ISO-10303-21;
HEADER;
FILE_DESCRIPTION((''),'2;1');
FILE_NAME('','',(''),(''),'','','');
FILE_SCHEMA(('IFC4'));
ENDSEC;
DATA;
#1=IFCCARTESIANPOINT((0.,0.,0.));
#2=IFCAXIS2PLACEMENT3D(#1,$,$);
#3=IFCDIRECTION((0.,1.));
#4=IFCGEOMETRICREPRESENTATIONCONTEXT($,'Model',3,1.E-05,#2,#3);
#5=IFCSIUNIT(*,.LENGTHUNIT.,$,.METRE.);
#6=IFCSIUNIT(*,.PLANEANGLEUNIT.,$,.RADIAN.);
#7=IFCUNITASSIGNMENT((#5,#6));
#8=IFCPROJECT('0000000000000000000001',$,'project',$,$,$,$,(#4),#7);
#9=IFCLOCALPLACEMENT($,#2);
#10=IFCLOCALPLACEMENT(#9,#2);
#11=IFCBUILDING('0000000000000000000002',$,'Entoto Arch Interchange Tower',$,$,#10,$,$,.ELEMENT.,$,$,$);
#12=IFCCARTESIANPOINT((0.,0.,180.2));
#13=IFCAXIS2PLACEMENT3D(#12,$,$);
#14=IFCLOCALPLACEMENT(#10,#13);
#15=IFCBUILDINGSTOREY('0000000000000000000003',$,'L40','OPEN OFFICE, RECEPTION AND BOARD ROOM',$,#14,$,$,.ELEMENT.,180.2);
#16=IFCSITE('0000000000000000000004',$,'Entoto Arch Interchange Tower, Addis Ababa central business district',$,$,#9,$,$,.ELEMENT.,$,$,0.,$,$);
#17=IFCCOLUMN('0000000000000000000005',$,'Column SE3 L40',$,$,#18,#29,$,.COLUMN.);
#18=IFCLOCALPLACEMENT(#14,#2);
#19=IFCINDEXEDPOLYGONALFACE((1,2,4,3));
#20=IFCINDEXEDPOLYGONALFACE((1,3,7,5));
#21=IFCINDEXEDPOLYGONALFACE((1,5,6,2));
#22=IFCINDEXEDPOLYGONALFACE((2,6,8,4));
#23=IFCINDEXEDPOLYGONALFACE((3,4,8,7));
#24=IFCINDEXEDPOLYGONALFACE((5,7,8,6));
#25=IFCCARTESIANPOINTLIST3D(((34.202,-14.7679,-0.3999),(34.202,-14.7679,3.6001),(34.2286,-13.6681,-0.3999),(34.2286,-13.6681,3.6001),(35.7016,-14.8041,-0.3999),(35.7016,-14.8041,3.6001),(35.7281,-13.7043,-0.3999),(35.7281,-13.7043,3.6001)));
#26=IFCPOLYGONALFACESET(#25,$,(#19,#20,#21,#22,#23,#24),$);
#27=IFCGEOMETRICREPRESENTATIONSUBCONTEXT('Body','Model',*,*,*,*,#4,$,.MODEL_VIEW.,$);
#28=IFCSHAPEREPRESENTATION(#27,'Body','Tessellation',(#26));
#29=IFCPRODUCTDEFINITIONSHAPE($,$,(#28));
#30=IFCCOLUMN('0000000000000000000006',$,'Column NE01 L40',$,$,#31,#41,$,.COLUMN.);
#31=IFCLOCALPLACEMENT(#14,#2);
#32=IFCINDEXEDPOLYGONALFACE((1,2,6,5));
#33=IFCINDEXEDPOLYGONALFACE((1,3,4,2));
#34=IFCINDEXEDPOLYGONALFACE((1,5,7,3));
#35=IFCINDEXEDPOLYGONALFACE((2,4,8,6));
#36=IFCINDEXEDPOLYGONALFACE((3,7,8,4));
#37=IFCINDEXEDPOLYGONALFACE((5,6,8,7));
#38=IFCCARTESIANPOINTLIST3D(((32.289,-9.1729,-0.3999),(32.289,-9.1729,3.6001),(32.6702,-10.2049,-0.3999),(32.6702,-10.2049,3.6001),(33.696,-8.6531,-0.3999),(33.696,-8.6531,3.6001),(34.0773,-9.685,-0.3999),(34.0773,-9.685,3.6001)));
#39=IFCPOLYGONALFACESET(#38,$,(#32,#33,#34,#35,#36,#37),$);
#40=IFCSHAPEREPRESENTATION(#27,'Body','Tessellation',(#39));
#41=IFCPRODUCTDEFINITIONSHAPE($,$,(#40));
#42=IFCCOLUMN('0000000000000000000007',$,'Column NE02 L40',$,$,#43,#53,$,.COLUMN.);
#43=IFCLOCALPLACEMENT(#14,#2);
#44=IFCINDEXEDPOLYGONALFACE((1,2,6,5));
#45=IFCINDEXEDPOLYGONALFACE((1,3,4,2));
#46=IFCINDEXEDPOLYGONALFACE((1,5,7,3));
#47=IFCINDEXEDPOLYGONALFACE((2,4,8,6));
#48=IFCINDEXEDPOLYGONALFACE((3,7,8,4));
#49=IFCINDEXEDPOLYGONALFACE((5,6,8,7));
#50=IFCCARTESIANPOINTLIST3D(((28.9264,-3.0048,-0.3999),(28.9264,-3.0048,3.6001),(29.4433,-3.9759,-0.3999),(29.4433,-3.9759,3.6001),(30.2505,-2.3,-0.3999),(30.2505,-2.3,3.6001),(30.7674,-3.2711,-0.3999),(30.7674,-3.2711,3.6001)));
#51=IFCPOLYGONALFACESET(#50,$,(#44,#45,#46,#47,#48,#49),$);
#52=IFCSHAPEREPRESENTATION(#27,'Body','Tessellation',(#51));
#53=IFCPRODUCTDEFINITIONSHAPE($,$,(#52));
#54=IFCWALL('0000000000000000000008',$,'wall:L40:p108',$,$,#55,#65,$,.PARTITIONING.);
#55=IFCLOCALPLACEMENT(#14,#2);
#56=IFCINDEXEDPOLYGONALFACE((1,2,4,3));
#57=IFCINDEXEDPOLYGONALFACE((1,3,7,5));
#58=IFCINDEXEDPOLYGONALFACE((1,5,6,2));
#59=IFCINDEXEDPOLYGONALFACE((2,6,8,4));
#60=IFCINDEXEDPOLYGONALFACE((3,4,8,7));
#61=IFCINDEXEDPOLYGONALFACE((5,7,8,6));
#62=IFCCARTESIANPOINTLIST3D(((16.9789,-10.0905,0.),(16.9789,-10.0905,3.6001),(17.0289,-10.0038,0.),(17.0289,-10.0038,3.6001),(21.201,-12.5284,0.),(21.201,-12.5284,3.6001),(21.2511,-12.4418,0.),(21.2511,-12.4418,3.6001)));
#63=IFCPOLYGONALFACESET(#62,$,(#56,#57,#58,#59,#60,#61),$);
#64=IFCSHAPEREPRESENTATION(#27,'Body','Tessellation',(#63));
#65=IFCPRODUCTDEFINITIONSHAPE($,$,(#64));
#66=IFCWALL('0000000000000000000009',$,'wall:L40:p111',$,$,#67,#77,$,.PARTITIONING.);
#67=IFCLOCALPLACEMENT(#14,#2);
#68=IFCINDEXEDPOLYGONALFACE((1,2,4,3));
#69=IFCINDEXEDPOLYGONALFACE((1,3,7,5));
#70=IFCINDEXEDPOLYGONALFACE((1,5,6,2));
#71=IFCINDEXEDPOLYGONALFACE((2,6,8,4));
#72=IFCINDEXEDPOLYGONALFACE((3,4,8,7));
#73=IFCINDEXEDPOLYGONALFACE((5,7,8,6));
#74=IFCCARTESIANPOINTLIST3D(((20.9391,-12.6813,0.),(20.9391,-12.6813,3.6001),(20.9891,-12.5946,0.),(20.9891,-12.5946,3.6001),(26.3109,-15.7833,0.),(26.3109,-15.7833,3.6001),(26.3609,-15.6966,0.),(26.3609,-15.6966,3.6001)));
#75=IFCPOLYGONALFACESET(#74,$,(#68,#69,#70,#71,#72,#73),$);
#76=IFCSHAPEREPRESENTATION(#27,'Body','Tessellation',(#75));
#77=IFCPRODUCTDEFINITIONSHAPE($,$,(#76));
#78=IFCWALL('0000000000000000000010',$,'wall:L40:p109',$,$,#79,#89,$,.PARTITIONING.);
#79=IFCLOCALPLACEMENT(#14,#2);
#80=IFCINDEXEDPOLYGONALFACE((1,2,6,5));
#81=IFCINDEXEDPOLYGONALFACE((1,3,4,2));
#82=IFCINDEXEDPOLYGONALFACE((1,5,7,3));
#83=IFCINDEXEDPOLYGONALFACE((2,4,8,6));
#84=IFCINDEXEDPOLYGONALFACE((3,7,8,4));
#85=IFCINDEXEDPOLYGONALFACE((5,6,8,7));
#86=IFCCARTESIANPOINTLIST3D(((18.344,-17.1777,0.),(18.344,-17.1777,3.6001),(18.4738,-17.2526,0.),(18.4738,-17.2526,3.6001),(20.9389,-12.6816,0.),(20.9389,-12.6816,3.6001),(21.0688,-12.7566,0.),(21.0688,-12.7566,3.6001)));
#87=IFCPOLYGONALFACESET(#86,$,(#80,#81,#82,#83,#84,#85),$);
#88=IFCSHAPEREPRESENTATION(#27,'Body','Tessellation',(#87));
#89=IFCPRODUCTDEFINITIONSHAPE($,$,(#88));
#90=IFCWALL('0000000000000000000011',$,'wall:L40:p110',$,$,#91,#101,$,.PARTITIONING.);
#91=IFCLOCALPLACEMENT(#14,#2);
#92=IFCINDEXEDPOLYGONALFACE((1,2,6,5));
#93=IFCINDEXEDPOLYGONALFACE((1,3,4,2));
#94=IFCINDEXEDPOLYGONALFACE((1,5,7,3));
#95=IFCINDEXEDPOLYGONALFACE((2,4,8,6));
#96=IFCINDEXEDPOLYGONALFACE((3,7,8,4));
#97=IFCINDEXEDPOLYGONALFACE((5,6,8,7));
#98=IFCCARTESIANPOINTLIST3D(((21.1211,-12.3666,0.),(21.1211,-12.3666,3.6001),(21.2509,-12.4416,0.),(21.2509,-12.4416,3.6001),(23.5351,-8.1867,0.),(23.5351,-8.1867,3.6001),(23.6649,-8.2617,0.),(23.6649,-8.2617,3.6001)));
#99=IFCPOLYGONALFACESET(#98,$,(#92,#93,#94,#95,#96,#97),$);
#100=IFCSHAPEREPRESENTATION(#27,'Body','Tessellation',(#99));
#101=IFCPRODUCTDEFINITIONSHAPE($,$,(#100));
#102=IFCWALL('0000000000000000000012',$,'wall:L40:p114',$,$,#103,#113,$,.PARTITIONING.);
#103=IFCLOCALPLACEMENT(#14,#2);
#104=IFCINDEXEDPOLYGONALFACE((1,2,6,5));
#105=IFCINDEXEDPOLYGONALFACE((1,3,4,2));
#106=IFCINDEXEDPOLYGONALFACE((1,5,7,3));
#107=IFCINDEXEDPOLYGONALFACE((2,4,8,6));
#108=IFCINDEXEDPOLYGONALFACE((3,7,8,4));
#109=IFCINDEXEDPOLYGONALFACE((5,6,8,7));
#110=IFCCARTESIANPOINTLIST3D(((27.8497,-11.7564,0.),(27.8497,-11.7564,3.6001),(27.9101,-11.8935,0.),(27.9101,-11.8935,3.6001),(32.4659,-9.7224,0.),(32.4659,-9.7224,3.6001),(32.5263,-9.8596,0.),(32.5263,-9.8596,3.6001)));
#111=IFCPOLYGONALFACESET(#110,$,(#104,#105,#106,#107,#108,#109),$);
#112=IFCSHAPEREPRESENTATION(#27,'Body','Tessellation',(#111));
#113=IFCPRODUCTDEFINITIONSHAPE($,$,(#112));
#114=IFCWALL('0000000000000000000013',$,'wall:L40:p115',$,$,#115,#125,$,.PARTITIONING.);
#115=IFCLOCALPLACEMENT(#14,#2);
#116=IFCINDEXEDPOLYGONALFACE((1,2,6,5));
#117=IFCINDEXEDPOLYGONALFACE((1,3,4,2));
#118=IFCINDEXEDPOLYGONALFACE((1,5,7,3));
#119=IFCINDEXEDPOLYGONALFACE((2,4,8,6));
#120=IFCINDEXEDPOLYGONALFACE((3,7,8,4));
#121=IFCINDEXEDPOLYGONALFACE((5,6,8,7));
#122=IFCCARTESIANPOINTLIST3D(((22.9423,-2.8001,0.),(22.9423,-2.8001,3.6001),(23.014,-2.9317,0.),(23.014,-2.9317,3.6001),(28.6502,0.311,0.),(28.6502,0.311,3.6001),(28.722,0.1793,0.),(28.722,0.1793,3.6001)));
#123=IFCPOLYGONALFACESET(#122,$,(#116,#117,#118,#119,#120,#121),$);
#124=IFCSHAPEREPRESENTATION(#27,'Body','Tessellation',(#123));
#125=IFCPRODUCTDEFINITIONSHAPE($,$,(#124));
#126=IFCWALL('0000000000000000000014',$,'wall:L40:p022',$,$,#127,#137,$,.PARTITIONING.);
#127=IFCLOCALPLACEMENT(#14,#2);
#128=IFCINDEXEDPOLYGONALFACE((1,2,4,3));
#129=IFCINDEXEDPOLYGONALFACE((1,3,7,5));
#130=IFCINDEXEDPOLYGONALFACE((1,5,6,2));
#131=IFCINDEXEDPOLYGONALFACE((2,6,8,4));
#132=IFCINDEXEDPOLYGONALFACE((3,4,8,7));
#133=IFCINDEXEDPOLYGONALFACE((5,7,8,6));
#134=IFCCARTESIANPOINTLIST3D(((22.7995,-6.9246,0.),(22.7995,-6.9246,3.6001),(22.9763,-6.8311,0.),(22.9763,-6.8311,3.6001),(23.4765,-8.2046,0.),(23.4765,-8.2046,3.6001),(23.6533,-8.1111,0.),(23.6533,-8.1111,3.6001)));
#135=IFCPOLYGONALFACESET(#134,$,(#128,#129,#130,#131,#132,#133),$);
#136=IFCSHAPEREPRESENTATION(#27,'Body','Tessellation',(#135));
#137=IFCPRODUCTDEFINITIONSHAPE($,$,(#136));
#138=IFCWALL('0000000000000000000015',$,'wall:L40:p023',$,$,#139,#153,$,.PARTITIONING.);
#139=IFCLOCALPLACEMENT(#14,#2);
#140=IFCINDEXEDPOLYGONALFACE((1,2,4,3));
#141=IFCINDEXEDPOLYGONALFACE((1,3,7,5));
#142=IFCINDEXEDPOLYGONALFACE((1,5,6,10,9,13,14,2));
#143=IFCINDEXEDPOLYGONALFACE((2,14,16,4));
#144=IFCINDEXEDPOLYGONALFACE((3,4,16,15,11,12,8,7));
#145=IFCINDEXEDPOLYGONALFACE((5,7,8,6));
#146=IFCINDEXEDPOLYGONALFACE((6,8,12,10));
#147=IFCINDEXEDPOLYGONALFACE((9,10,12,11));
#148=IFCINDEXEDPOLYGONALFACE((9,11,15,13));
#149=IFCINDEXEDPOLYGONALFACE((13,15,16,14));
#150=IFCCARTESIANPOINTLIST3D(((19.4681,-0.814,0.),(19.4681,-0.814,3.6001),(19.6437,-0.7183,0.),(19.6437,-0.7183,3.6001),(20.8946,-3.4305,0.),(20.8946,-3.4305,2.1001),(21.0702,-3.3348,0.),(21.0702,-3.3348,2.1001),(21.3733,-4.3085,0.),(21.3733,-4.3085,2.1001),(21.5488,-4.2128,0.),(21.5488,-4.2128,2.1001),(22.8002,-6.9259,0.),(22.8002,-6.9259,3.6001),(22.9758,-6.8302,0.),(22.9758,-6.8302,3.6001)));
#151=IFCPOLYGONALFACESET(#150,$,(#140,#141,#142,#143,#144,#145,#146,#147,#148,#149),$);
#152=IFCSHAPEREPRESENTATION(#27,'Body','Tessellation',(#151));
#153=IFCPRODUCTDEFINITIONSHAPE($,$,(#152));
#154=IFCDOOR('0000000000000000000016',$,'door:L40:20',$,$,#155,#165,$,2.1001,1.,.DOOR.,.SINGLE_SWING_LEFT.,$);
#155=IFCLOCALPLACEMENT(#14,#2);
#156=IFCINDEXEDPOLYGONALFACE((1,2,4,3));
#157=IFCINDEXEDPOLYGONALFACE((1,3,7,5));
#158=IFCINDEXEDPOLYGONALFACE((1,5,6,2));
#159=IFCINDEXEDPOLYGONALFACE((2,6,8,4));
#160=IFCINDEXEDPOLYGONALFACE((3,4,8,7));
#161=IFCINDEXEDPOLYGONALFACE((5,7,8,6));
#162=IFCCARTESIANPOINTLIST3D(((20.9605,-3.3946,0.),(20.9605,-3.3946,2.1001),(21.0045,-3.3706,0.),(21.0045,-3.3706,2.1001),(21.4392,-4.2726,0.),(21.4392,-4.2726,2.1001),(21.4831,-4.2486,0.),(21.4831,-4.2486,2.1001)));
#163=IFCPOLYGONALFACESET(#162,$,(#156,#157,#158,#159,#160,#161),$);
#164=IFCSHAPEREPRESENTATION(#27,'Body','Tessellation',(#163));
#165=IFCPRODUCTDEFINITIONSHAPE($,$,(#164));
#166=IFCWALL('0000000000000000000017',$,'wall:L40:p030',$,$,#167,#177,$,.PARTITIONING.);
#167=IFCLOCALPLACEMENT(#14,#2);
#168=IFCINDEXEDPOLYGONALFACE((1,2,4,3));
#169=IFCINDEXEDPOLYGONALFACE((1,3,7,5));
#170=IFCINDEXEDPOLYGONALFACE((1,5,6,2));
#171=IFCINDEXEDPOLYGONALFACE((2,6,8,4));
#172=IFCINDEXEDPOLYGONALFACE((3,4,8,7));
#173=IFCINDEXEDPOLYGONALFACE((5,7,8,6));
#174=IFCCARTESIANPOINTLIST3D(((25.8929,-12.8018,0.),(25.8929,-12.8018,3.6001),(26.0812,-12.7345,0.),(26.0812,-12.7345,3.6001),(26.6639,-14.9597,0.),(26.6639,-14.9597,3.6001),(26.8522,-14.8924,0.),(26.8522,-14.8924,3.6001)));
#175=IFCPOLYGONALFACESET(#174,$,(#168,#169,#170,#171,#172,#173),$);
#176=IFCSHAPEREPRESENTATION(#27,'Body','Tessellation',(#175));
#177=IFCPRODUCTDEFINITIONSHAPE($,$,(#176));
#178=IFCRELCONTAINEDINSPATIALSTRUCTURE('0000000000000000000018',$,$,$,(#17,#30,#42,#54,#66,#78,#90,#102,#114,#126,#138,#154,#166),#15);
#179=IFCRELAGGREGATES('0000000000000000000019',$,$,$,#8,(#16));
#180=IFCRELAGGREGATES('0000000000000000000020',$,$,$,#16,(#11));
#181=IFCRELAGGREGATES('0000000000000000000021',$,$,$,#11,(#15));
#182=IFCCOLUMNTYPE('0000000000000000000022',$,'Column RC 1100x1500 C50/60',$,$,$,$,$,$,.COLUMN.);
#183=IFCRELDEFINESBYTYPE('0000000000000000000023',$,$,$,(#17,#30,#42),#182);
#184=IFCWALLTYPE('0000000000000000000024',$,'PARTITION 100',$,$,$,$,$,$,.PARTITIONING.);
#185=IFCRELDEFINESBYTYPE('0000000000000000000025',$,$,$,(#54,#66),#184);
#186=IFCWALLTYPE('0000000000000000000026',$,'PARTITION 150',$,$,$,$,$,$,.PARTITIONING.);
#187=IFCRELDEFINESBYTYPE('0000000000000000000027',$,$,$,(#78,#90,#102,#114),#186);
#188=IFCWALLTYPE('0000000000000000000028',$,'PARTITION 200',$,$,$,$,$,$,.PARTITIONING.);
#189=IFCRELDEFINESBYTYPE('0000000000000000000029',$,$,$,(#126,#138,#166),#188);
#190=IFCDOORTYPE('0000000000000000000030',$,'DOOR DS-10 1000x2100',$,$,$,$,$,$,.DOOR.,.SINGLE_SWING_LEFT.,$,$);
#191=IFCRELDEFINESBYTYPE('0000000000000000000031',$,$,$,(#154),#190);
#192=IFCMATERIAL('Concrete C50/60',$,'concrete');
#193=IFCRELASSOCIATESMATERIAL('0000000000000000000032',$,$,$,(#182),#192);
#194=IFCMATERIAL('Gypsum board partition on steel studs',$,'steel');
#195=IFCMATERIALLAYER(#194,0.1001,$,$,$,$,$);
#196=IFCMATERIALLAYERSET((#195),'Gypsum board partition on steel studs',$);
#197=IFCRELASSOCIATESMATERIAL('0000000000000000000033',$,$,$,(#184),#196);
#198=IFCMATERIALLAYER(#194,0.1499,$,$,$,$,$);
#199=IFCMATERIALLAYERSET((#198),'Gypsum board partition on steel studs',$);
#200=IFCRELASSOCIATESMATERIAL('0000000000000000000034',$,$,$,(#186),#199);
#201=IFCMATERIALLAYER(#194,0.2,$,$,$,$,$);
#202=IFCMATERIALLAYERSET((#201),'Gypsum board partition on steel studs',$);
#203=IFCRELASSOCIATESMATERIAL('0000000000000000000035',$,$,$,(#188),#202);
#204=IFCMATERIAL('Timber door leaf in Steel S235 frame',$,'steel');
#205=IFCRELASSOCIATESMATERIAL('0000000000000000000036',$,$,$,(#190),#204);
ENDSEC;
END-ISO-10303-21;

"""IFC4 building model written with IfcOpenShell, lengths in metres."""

from ifc_helpers import new_model, si_unit, direction, frame, frame_2d, origin, origin_2d, place, context, subcontext, project, spatial, rectangle, extrude, material, layer, layer_set, material_profile, profile_set, type_object, element, fill, save


model = new_model("IFC4")

# Units and contexts
model_context = context("Model", 3, precision=1e-05, world=origin(), true_north=direction((0.0, 1.0)))
body_context = subcontext(model_context, "Body", "Model", "MODEL_VIEW")
ifc_project = project(units=[si_unit("LENGTHUNIT", "METRE"), si_unit("PLANEANGLEUNIT", "RADIAN")], contexts=[model_context])

# Site, building, storey
site_placement = place(None, origin())
site = spatial("IfcSite", under=ifc_project, at=site_placement, Name="Entoto Arch Interchange Tower, Addis Ababa central business district", CompositionType="ELEMENT", RefElevation=0.0)
building_placement = place(site_placement, origin())
building = spatial("IfcBuilding", under=site, at=building_placement, Name="Entoto Arch Interchange Tower", CompositionType="ELEMENT")
storey_placement = place(building_placement, frame((0.0, 0.0, 180.2)))
storey = spatial("IfcBuildingStorey", under=building, at=storey_placement, Name="L40", Description="OPEN OFFICE, RECEPTION AND BOARD ROOM", CompositionType="ELEMENT", Elevation=180.2)

# Columns
ifc_material_1 = material(Name="Concrete C50/60", Category="concrete")
ifc_material_profile = material_profile(ifc_material_1, rectangle(XDim=1.1001, YDim=1.5, at=origin_2d()))
ifc_profile_set = profile_set([ifc_material_profile], Name="Concrete C50/60")
column_type = type_object("IfcColumnType", Name="Column RC 1100x1500 C50/60", PredefinedType="COLUMN", material=ifc_profile_set)
for number, where, z_axis, x_axis, name in (
    (1, (34.9651, -14.2361, -0.3999), (0.0, 0.0, 1.0), (0.024118, 0.999709, 0.0), "Column SE3 L40"),
    (2, (33.1831, -9.429, -0.3999), (0.0, 0.0, 1.0), (-0.346592, 0.938016, 0.0), "Column NE01 L40"),
    (3, (29.8469, -3.1379, -0.3999), (0.0, 0.0, 1.0), (-0.469857, 0.882743, 0.0), "Column NE02 L40"),
):
    element("IfcColumn", number, at=place(storey_placement, frame(where, z_axis=z_axis, x_axis=x_axis)), inside=storey, type_object=column_type, Name=name, PredefinedType="COLUMN", context=body_context, shape_type="SweptSolid", body=[
        extrude(rectangle(XDim=1.1001, YDim=1.5, at=origin_2d()), origin(), (0.0, 0.0, 1.0), 4.0),
    ])

# Walls
ifc_material_2 = material(Name="Gypsum board partition on steel studs", Category="steel")
ifc_layer_1 = layer(ifc_material_2, 0.1001)
ifc_layer_set_1 = layer_set([ifc_layer_1], Name="Gypsum board partition on steel studs")
wall_type_1 = type_object("IfcWallType", Name="PARTITION 100", PredefinedType="PARTITIONING", material=ifc_layer_set_1)
wall_1_placement = place(storey_placement, frame((17.0039, -10.0471, 0.0), z_axis=(0.0, 0.0, 1.0), x_axis=(0.865997, -0.500049, 0.0)))
element("IfcWall", 4, at=wall_1_placement, inside=storey, type_object=wall_type_1, Name="wall:L40:p108", PredefinedType="PARTITIONING", context=body_context, shape_type="SweptSolid", body=[
    extrude(rectangle(XDim=4.8755, YDim=0.1001, at=frame_2d((2.4377, 0.0))), origin(), (0.0, 0.0, 1.0), 3.6001),
])
wall_2_placement = place(storey_placement, frame((20.9641, -12.6379, 0.0), z_axis=(0.0, 0.0, 1.0), x_axis=(0.865982, -0.500076, 0.0)))
element("IfcWall", 5, at=wall_2_placement, inside=storey, type_object=wall_type_1, Name="wall:L40:p111", PredefinedType="PARTITIONING", context=body_context, shape_type="SweptSolid", body=[
    extrude(rectangle(XDim=6.2031, YDim=0.1001, at=frame_2d((3.1016, 0.0))), origin(), (0.0, 0.0, 1.0), 3.6001),
])
ifc_layer_2 = layer(ifc_material_2, 0.1499)
ifc_layer_set_2 = layer_set([ifc_layer_2], Name="Gypsum board partition on steel studs")
wall_type_2 = type_object("IfcWallType", Name="PARTITION 150", PredefinedType="PARTITIONING", material=ifc_layer_set_2)
wall_3_placement = place(storey_placement, frame((21.0039, -12.719, 0.0), z_axis=(0.0, 0.0, 1.0), x_axis=(-0.499877, -0.866096, 0.0)))
element("IfcWall", 6, at=wall_3_placement, inside=storey, type_object=wall_type_2, Name="wall:L40:p109", PredefinedType="PARTITIONING", context=body_context, shape_type="SweptSolid", body=[
    extrude(rectangle(XDim=5.1912, YDim=0.1499, at=frame_2d((2.5957, 0.0))), origin(), (0.0, 0.0, 1.0), 3.6001),
])
wall_4_placement = place(storey_placement, frame((23.6001, -8.2241, 0.0), z_axis=(0.0, 0.0, 1.0), x_axis=(-0.500121, -0.865956, 0.0)))
element("IfcWall", 7, at=wall_4_placement, inside=storey, type_object=wall_type_2, Name="wall:L40:p110", PredefinedType="PARTITIONING", context=body_context, shape_type="SweptSolid", body=[
    extrude(rectangle(XDim=4.8269, YDim=0.1499, at=frame_2d((2.4136, 0.0))), origin(), (0.0, 0.0, 1.0), 3.6001),
])
wall_5_placement = place(storey_placement, frame((27.8799, -11.825, 0.0), z_axis=(0.0, 0.0, 1.0), x_axis=(0.91511, 0.403204, 0.0)))
element("IfcWall", 8, at=wall_5_placement, inside=storey, type_object=wall_type_2, Name="wall:L40:p114", PredefinedType="PARTITIONING", context=body_context, shape_type="SweptSolid", body=[
    extrude(rectangle(XDim=5.0444, YDim=0.1499, at=frame_2d((2.5222, 0.0))), origin(), (0.0, 0.0, 1.0), 3.6001),
])
wall_6_placement = place(storey_placement, frame((22.978, -2.866, 0.0), z_axis=(0.0, 0.0, 1.0), x_axis=(0.878049, 0.478571, 0.0)))
element("IfcWall", 9, at=wall_6_placement, inside=storey, type_object=wall_type_2, Name="wall:L40:p115", PredefinedType="PARTITIONING", context=body_context, shape_type="SweptSolid", body=[
    extrude(rectangle(XDim=6.5007, YDim=0.1499, at=frame_2d((3.2505, 0.0))), origin(), (0.0, 0.0, 1.0), 3.6001),
])
ifc_layer_3 = layer(ifc_material_2, 0.2)
ifc_layer_set_3 = layer_set([ifc_layer_3], Name="Gypsum board partition on steel studs")
wall_type_3 = type_object("IfcWallType", Name="PARTITION 200", PredefinedType="PARTITIONING", material=ifc_layer_set_3)
wall_7_placement = place(storey_placement, frame((23.5649, -8.158, 0.0), z_axis=(0.0, 0.0, 1.0), x_axis=(-0.467531, 0.883976, 0.0)))
element("IfcWall", 10, at=wall_7_placement, inside=storey, type_object=wall_type_3, Name="wall:L40:p022", PredefinedType="PARTITIONING", context=body_context, shape_type="SweptSolid", body=[
    extrude(rectangle(XDim=1.448, YDim=0.2, at=frame_2d((0.7241, 0.0))), origin(), (0.0, 0.0, 1.0), 3.6001),
])

# Wall, opening, door
wall_8_placement = place(storey_placement, frame((22.8879, -6.8779, 0.0), z_axis=(0.0, 0.0, 1.0), x_axis=(-0.478665, 0.877997, 0.0)))
wall_8 = element("IfcWall", 11, at=wall_8_placement, inside=storey, type_object=wall_type_3, Name="wall:L40:p023", PredefinedType="PARTITIONING", context=body_context, shape_type="SweptSolid", body=[
    extrude(rectangle(XDim=6.9612, YDim=0.2, at=frame_2d((3.4805, 0.0))), origin(), (0.0, 0.0, 1.0), 3.6001),
])
opening_1_placement = place(wall_8_placement, frame((2.981, 0.0, 0.0)))
opening_1 = element("IfcOpeningElement", 12, at=opening_1_placement, cuts=wall_8, PredefinedType="OPENING", context=body_context, shape_type="SweptSolid", body=[
    extrude(rectangle(XDim=1.0, YDim=2.1001, at=frame_2d((0.5, 1.05))), frame((0.0, 0.1099, 0.0), z_axis=(0.0, -1.0, 0.0), x_axis=(1.0, 0.0, 0.0)), (0.0, 0.0, 1.0), 0.22),
])
ifc_material_3 = material(Name="Timber door leaf in Steel S235 frame", Category="steel")
door_type = type_object("IfcDoorType", Name="DOOR DS-10 1000x2100", OperationType="SINGLE_SWING_LEFT", PredefinedType="DOOR", material=ifc_material_3)
door_1_placement = place(opening_1_placement, origin())
door_1 = element("IfcDoor", 13, at=door_1_placement, inside=storey, type_object=door_type, Name="door:L40:20", OperationType="SINGLE_SWING_LEFT", OverallHeight=2.1001, OverallWidth=1.0, PredefinedType="DOOR", context=body_context, shape_type="SweptSolid", body=[
    extrude(rectangle(XDim=1.0, YDim=2.1001, at=frame_2d((0.5, 1.05))), frame((0.0, 0.0249, 0.0), z_axis=(0.0, -1.0, 0.0), x_axis=(1.0, 0.0, 0.0)), (0.0, 0.0, 1.0), 0.05),
])
fill(opening_1, door_1)

# Wall
wall_9_placement = place(storey_placement, frame((26.7581, -14.926, 0.0), z_axis=(0.0, 0.0, 1.0), x_axis=(-0.336451, 0.941701, 0.0)))
element("IfcWall", 14, at=wall_9_placement, inside=storey, type_object=wall_type_3, Name="wall:L40:p030", PredefinedType="PARTITIONING", context=body_context, shape_type="SweptSolid", body=[
    extrude(rectangle(XDim=2.2915, YDim=0.2, at=frame_2d((1.1458, 0.0))), origin(), (0.0, 0.0, 1.0), 3.6001),
])

save(model, "model.ifc")
